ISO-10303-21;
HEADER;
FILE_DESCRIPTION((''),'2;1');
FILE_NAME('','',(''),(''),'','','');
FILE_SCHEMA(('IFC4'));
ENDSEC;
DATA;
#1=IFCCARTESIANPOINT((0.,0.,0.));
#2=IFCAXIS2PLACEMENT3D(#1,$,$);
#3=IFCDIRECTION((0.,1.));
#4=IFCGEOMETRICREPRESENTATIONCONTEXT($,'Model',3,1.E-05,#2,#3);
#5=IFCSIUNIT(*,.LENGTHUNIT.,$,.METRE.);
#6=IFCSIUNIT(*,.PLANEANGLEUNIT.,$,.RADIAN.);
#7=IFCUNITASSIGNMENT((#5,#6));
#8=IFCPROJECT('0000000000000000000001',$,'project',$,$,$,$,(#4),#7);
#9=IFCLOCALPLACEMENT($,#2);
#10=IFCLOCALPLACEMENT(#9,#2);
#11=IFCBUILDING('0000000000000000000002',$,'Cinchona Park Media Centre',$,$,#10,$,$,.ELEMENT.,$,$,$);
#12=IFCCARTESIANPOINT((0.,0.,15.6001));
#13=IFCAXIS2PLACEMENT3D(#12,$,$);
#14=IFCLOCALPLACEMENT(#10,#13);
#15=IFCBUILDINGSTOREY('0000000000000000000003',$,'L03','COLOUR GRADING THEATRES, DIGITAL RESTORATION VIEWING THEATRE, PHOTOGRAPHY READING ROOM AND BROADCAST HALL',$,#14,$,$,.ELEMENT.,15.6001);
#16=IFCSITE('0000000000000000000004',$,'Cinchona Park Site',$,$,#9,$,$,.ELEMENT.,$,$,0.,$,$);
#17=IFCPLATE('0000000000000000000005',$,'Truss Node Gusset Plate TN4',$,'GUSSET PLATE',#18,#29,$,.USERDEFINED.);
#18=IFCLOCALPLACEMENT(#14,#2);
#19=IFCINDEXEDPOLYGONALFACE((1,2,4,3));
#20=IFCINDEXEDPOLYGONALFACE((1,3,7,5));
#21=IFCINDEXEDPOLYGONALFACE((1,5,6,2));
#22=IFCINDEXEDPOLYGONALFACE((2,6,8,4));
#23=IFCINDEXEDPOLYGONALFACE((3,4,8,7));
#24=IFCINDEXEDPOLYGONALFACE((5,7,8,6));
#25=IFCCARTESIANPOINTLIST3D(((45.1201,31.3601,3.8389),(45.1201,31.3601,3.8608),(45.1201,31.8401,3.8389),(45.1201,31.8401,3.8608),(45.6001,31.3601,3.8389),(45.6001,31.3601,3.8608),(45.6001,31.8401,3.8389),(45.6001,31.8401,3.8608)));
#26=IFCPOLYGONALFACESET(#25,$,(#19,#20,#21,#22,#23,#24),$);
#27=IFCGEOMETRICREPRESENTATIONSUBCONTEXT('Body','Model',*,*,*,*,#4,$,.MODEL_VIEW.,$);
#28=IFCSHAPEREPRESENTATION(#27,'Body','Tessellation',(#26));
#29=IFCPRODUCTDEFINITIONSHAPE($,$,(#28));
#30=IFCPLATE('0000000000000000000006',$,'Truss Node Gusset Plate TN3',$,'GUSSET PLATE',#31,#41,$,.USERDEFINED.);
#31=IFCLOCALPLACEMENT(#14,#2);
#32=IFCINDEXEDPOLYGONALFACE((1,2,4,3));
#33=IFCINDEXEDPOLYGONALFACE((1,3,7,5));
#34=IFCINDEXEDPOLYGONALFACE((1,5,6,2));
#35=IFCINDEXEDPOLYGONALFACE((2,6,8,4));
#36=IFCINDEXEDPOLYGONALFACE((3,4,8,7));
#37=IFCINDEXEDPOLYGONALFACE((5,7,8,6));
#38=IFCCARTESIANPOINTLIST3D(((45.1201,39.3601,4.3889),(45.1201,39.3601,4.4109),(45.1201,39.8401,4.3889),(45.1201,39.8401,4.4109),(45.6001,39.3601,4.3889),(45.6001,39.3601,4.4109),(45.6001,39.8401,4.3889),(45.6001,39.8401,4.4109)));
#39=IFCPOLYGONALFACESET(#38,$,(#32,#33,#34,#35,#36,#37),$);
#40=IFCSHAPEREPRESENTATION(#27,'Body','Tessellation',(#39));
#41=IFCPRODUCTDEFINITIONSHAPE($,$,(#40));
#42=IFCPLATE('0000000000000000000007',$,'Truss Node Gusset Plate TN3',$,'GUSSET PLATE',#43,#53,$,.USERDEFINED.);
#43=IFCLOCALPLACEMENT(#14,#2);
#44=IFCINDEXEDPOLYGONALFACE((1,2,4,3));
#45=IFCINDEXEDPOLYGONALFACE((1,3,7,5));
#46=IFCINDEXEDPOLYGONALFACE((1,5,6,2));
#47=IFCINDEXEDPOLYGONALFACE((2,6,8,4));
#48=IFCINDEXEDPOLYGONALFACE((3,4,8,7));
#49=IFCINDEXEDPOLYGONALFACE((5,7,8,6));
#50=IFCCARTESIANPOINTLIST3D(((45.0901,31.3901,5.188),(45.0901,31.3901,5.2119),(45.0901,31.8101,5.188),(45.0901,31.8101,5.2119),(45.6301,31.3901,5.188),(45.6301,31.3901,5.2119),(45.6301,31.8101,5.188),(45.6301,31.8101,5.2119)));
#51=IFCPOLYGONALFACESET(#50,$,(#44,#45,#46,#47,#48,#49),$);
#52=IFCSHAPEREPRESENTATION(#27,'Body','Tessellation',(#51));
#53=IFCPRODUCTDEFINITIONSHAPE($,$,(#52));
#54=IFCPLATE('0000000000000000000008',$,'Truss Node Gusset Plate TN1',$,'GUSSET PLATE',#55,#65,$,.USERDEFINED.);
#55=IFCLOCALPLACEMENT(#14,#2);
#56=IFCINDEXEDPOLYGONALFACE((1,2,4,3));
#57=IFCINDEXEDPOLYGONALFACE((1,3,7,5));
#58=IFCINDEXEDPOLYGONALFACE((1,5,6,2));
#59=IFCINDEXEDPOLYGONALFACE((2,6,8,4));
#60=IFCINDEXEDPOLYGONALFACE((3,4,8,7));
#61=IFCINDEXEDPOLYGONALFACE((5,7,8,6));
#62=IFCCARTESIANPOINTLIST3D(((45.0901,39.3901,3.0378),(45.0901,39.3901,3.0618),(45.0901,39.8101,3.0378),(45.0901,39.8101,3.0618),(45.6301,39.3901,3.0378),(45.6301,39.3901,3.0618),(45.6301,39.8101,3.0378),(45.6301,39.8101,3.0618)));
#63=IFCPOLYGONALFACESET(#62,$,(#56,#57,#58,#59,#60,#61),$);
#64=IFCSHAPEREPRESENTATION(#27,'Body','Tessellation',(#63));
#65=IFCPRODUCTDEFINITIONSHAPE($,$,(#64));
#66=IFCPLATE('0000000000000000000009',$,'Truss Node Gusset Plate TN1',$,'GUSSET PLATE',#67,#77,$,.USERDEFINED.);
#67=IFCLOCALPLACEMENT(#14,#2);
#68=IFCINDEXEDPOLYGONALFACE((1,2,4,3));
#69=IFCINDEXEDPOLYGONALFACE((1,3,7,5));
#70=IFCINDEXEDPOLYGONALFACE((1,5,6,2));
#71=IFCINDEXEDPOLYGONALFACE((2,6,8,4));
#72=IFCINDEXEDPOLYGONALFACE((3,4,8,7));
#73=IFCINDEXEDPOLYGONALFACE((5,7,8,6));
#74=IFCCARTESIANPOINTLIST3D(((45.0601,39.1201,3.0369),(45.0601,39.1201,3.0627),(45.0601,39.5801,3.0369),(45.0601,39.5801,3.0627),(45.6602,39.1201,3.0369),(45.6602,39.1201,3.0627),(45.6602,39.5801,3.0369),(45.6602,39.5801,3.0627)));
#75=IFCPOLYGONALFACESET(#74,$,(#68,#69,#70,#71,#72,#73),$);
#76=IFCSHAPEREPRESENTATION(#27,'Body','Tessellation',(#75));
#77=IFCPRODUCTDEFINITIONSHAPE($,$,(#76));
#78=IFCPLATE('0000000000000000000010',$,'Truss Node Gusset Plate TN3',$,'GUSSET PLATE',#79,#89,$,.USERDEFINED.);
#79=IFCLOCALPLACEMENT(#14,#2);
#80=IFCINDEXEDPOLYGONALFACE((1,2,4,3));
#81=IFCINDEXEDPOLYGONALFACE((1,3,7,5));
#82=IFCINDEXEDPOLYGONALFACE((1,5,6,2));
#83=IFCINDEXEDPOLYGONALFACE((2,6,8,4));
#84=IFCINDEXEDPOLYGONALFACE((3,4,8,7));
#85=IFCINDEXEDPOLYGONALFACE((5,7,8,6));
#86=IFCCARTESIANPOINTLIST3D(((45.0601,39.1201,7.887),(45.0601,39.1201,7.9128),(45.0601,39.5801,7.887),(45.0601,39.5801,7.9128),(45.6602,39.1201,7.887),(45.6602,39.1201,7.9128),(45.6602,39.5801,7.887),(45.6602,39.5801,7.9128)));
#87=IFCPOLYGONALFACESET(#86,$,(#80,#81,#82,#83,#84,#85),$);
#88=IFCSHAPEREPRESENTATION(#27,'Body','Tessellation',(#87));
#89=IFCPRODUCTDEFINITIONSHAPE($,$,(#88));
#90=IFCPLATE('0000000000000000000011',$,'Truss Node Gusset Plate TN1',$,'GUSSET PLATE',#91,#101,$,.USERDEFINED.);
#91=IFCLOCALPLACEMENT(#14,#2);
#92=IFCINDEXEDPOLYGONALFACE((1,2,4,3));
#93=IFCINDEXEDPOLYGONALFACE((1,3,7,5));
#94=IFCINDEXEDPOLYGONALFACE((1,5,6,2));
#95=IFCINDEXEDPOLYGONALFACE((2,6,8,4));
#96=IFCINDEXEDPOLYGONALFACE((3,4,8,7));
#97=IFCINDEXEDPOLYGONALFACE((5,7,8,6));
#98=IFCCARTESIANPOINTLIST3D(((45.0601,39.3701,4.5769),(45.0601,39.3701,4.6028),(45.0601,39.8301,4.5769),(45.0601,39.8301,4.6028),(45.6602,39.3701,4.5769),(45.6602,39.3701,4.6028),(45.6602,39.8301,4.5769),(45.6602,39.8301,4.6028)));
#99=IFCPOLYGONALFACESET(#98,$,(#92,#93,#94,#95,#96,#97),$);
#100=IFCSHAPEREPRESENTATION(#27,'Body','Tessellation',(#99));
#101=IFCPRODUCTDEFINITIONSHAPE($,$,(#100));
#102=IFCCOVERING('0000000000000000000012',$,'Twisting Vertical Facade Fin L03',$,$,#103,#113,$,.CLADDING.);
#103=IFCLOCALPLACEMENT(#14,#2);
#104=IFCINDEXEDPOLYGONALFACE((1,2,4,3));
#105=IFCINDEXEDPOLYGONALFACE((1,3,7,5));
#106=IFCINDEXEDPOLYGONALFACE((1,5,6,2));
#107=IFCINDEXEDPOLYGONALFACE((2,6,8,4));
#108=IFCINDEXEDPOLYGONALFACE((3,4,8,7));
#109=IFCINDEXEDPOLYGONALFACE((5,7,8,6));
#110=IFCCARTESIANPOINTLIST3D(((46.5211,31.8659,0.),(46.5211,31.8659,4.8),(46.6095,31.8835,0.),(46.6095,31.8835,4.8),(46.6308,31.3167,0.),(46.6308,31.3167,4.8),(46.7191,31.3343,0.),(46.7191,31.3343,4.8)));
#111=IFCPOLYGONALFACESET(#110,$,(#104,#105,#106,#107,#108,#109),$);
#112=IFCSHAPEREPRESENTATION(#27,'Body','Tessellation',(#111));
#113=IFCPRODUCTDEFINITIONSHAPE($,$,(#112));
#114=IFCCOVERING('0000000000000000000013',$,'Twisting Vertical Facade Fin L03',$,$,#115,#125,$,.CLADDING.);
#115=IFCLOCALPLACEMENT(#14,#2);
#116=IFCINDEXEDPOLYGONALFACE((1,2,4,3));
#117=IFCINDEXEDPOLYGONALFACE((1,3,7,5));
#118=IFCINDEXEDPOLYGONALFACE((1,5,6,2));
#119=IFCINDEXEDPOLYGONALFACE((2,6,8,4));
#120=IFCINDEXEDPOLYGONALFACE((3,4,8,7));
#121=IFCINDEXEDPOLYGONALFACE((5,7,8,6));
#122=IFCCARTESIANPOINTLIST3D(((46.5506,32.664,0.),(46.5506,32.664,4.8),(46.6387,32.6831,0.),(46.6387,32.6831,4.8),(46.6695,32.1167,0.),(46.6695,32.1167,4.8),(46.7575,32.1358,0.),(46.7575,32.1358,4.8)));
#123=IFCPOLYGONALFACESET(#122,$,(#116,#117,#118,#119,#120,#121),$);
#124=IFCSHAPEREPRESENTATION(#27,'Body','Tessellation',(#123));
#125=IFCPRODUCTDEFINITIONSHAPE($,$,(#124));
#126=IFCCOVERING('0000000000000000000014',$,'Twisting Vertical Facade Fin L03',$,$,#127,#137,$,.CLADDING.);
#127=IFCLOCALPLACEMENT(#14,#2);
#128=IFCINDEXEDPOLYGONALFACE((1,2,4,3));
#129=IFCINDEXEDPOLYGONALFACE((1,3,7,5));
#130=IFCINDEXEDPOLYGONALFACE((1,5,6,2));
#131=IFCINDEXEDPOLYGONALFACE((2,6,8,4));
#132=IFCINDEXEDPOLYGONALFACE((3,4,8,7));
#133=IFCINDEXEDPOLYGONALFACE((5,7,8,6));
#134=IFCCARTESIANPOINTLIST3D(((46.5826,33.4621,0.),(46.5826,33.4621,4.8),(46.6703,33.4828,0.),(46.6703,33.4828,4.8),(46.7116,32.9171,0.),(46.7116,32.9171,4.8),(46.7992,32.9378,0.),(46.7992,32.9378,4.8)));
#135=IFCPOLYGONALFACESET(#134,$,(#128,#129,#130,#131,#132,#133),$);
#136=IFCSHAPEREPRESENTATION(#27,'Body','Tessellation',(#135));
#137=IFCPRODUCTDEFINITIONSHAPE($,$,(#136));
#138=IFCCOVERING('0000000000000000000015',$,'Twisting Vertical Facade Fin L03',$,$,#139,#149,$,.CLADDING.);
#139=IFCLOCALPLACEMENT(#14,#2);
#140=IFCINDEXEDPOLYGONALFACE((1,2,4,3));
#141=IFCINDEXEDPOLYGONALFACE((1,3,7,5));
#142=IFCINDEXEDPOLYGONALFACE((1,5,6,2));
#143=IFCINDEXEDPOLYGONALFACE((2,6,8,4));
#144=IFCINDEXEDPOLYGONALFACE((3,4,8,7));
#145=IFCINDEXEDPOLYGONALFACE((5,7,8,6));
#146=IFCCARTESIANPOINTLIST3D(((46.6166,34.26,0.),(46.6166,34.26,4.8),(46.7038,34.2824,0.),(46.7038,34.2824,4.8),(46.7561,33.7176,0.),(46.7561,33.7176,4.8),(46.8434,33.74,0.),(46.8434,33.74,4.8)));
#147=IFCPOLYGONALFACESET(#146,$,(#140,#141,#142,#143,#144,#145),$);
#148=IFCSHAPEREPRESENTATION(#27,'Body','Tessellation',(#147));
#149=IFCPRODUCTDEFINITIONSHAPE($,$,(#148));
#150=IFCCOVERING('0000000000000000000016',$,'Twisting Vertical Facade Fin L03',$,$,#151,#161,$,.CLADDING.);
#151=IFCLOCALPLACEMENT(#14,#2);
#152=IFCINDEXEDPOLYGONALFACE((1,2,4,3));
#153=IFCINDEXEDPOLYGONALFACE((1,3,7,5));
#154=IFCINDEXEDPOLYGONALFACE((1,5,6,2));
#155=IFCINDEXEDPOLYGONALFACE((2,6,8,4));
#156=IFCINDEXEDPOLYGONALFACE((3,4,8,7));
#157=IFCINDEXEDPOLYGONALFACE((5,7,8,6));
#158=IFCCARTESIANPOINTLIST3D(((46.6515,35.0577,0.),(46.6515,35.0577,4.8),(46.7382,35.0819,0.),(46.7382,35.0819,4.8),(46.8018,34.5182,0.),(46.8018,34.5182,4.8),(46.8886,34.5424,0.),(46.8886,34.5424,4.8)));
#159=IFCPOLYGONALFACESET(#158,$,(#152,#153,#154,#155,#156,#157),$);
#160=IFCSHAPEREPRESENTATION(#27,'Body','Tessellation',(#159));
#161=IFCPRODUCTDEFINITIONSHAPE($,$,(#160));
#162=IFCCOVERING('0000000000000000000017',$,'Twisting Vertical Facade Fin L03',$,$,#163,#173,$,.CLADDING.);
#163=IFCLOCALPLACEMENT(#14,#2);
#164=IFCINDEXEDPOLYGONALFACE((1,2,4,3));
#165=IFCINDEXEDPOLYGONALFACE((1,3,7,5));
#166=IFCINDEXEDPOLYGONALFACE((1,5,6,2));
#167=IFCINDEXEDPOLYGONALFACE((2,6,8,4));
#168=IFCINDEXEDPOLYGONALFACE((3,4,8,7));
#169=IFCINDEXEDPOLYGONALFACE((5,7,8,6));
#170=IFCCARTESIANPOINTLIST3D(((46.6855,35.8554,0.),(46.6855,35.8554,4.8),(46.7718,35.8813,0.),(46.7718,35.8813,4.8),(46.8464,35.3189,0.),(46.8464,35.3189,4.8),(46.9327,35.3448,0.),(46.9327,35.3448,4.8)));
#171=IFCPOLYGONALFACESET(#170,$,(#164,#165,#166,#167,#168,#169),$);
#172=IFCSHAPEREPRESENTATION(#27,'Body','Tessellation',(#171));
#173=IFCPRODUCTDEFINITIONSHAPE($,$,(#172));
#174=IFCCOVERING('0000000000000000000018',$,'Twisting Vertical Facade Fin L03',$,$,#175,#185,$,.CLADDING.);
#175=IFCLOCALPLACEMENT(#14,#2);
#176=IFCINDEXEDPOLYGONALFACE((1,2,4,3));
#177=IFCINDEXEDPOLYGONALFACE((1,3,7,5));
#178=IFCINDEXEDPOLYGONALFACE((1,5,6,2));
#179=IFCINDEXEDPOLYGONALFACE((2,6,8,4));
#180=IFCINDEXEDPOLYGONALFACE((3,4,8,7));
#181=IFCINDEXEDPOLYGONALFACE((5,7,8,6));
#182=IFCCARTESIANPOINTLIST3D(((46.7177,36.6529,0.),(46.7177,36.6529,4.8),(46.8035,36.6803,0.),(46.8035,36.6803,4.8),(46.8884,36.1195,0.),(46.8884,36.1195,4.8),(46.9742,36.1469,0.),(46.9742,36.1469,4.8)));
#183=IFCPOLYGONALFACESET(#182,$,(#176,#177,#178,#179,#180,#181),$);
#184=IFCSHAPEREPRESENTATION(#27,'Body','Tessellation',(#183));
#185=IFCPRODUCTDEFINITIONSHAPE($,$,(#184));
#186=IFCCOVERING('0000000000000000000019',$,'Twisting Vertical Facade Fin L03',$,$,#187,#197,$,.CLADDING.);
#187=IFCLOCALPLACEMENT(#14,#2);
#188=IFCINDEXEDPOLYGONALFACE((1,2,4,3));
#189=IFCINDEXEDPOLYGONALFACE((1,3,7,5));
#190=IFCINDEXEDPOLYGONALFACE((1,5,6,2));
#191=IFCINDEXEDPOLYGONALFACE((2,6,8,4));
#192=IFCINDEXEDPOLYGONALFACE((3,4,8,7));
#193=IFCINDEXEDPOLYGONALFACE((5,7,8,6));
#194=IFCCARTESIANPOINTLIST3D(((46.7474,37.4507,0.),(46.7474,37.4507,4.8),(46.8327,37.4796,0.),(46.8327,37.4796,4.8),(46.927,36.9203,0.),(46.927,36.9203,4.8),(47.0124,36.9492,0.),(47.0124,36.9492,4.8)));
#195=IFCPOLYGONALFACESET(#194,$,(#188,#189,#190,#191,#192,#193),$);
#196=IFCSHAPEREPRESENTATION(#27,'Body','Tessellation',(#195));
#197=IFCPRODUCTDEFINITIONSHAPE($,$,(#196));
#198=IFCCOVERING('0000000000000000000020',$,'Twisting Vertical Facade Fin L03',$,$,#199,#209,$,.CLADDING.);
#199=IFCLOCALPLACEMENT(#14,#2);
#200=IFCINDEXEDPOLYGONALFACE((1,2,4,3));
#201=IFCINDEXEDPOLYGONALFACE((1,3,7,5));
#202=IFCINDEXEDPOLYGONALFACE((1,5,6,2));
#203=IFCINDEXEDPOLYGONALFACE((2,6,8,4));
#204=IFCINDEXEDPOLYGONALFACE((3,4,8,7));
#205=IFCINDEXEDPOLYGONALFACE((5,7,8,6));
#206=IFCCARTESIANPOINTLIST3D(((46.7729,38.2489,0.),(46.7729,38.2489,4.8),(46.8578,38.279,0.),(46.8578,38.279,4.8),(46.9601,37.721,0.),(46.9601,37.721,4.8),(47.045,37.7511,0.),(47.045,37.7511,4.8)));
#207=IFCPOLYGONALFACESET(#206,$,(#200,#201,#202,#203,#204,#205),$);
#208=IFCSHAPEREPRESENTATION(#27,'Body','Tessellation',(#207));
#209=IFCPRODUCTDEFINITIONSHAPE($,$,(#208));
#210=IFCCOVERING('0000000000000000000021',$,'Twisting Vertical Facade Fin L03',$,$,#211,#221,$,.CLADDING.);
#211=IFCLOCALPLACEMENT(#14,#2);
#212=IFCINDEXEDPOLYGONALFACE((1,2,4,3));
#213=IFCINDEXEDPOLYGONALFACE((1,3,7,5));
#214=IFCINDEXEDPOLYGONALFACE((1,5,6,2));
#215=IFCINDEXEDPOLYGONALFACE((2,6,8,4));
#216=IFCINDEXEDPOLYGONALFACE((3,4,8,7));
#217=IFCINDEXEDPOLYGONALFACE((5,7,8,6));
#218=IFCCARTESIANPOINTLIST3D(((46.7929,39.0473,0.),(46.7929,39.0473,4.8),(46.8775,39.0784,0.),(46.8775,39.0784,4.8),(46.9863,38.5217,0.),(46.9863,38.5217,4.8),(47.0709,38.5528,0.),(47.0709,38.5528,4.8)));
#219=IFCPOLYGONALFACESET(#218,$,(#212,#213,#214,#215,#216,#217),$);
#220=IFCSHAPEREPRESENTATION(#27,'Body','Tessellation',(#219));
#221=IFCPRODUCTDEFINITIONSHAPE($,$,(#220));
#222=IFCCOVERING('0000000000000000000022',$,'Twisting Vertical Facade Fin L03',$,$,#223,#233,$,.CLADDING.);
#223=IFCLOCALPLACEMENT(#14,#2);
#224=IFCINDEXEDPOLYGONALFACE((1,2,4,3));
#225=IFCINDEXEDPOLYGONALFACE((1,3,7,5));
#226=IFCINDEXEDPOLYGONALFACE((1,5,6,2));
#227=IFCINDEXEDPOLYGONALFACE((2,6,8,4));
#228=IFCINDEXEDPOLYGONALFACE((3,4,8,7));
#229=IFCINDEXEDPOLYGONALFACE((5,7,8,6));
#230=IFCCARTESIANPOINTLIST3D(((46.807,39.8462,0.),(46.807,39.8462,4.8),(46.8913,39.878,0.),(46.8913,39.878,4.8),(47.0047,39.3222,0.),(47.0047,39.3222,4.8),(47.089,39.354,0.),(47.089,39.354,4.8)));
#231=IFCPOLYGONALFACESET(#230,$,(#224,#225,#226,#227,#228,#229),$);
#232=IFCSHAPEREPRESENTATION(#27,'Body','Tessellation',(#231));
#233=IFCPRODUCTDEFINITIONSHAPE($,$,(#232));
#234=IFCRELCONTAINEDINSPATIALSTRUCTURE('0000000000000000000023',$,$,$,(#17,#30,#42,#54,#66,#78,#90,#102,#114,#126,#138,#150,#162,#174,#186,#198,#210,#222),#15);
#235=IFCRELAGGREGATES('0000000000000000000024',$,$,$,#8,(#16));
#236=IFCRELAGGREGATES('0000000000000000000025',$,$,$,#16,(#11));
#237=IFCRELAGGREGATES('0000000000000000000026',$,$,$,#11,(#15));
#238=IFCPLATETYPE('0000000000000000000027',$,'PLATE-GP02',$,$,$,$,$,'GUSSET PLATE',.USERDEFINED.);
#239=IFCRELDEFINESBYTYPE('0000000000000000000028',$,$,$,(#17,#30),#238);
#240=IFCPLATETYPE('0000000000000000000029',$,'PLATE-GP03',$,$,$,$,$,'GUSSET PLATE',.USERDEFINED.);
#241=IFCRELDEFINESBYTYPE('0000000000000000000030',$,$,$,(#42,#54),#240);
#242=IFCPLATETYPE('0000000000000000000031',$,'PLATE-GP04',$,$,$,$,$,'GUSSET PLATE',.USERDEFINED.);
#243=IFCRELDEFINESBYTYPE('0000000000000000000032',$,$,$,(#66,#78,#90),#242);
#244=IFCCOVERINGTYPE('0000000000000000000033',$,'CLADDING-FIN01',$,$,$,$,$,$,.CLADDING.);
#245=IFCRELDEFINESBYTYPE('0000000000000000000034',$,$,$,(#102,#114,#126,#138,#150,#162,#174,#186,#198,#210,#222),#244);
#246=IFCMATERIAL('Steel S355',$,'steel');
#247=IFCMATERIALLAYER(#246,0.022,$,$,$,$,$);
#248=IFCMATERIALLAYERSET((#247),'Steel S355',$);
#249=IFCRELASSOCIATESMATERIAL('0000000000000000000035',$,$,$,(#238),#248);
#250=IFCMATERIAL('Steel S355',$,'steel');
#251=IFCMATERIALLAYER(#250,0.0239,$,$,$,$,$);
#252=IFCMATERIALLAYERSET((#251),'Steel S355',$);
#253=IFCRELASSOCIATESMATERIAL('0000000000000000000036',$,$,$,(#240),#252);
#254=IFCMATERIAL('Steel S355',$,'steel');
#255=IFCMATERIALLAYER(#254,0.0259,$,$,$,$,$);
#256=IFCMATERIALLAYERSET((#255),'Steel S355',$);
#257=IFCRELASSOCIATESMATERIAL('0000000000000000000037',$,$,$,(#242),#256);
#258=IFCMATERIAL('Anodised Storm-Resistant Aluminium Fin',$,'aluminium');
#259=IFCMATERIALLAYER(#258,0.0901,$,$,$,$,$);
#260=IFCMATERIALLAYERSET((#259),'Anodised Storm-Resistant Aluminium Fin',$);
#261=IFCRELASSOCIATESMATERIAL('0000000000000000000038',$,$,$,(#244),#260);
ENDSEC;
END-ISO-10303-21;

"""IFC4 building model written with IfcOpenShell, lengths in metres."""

from ifc_helpers import new_model, si_unit, direction, frame, origin, origin_2d, place, context, subcontext, project, spatial, rectangle, extrude, material, layer, layer_set, type_object, element, save


model = new_model("IFC4")

# Units and contexts
model_context = context("Model", 3, precision=1e-05, world=origin(), true_north=direction((0.0, 1.0)))
body_context = subcontext(model_context, "Body", "Model", "MODEL_VIEW")
ifc_project = project(units=[si_unit("LENGTHUNIT", "METRE"), si_unit("PLANEANGLEUNIT", "RADIAN")], contexts=[model_context])

# Site, building, storey
site_placement = place(None, origin())
site = spatial("IfcSite", under=ifc_project, at=site_placement, Name="Cinchona Park Site", CompositionType="ELEMENT", RefElevation=0.0)
building_placement = place(site_placement, origin())
building = spatial("IfcBuilding", under=site, at=building_placement, Name="Cinchona Park Media Centre", CompositionType="ELEMENT")
storey_placement = place(building_placement, frame((0.0, 0.0, 15.6001)))
storey = spatial("IfcBuildingStorey", under=building, at=storey_placement, Name="L03", Description="COLOUR GRADING THEATRES, DIGITAL RESTORATION VIEWING THEATRE, PHOTOGRAPHY READING ROOM AND BROADCAST HALL", CompositionType="ELEMENT", Elevation=15.6001)

# Plates
ifc_material_1 = material(Name="Steel S355", Category="steel")
ifc_layer_1 = layer(ifc_material_1, 0.022)
ifc_layer_set_1 = layer_set([ifc_layer_1], Name="Steel S355")
plate_type_1 = type_object("IfcPlateType", Name="PLATE-GP02", ElementType="GUSSET PLATE", PredefinedType="USERDEFINED", material=ifc_layer_set_1)
for number, where, z_axis, x_axis, name in (
    (1, (45.3601, 31.6001, 3.8389), (0.0, 0.0, 1.0), (1.0, 0.0, 0.0), "Truss Node Gusset Plate TN4"),
    (2, (45.3601, 39.6001, 4.3889), (0.0, 0.0, 1.0), (1.0, 0.0, 0.0), "Truss Node Gusset Plate TN3"),
):
    element("IfcPlate", number, at=place(storey_placement, frame(where, z_axis=z_axis, x_axis=x_axis)), inside=storey, type_object=plate_type_1, Name=name, ObjectType="GUSSET PLATE", PredefinedType="USERDEFINED", context=body_context, shape_type="SweptSolid", body=[
        extrude(rectangle(XDim=0.48, YDim=0.48, at=origin_2d()), origin(), (0.0, 0.0, 1.0), 0.022),
    ])
ifc_material_2 = material(Name="Steel S355", Category="steel")
ifc_layer_2 = layer(ifc_material_2, 0.0239)
ifc_layer_set_2 = layer_set([ifc_layer_2], Name="Steel S355")
plate_type_2 = type_object("IfcPlateType", Name="PLATE-GP03", ElementType="GUSSET PLATE", PredefinedType="USERDEFINED", material=ifc_layer_set_2)
for number, where, z_axis, x_axis, name in (
    (3, (45.3601, 31.6001, 5.188), (0.0, 0.0, 1.0), (1.0, 0.0, 0.0), "Truss Node Gusset Plate TN3"),
    (4, (45.3601, 39.6001, 3.0378), (0.0, 0.0, 1.0), (1.0, 0.0, 0.0), "Truss Node Gusset Plate TN1"),
):
    element("IfcPlate", number, at=place(storey_placement, frame(where, z_axis=z_axis, x_axis=x_axis)), inside=storey, type_object=plate_type_2, Name=name, ObjectType="GUSSET PLATE", PredefinedType="USERDEFINED", context=body_context, shape_type="SweptSolid", body=[
        extrude(rectangle(XDim=0.54, YDim=0.4199, at=origin_2d()), origin(), (0.0, 0.0, 1.0), 0.0239),
    ])
ifc_material_3 = material(Name="Steel S355", Category="steel")
ifc_layer_3 = layer(ifc_material_3, 0.0259)
ifc_layer_set_3 = layer_set([ifc_layer_3], Name="Steel S355")
plate_type_3 = type_object("IfcPlateType", Name="PLATE-GP04", ElementType="GUSSET PLATE", PredefinedType="USERDEFINED", material=ifc_layer_set_3)
for number, where, z_axis, x_axis, name in (
    (5, (45.3601, 39.3501, 3.0369), (0.0, 0.0, 1.0), (1.0, 0.0, 0.0), "Truss Node Gusset Plate TN1"),
    (6, (45.3601, 39.3501, 7.887), (0.0, 0.0, 1.0), (1.0, 0.0, 0.0), "Truss Node Gusset Plate TN3"),
    (7, (45.3601, 39.6001, 4.5769), (0.0, 0.0, 1.0), (1.0, 0.0, 0.0), "Truss Node Gusset Plate TN1"),
):
    element("IfcPlate", number, at=place(storey_placement, frame(where, z_axis=z_axis, x_axis=x_axis)), inside=storey, type_object=plate_type_3, Name=name, ObjectType="GUSSET PLATE", PredefinedType="USERDEFINED", context=body_context, shape_type="SweptSolid", body=[
        extrude(rectangle(XDim=0.6001, YDim=0.46, at=origin_2d()), origin(), (0.0, 0.0, 1.0), 0.0259),
    ])

# Coverings
ifc_material_4 = material(Name="Anodised Storm-Resistant Aluminium Fin", Category="aluminium")
ifc_layer_4 = layer(ifc_material_4, 0.0901)
ifc_layer_set_4 = layer_set([ifc_layer_4], Name="Anodised Storm-Resistant Aluminium Fin")
covering_type = type_object("IfcCoveringType", Name="CLADDING-FIN01", PredefinedType="CLADDING", material=ifc_layer_set_4)
for number, where, z_axis, x_axis, name in (
    (8, (46.6201, 31.6001, 0.0), (0.0, 0.0, 1.0), (-0.195775, 0.980649, 0.0), "Twisting Vertical Facade Fin L03"),
    (9, (46.6541, 32.3999, 0.0), (0.0, 0.0, 1.0), (-0.212178, 0.977231, 0.0), "Twisting Vertical Facade Fin L03"),
    (10, (46.6909, 33.2, 0.0), (0.0, 0.0, 1.0), (-0.23022, 0.973139, 0.0), "Twisting Vertical Facade Fin L03"),
    (11, (46.73, 34.0, 0.0), (0.0, 0.0, 1.0), (-0.249197, 0.968453, 0.0), "Twisting Vertical Facade Fin L03"),
    (12, (46.77, 34.8, 0.0), (0.0, 0.0, 1.0), (-0.268415, 0.963303, 0.0), "Twisting Vertical Facade Fin L03"),
    (13, (46.8091, 35.6001, 0.0), (0.0, 0.0, 1.0), (-0.287193, 0.957873, 0.0), "Twisting Vertical Facade Fin L03"),
    (14, (46.8459, 36.3999, 0.0), (0.0, 0.0, 1.0), (-0.304864, 0.952396, 0.0), "Twisting Vertical Facade Fin L03"),
    (15, (46.8799, 37.2, 0.0), (0.0, 0.0, 1.0), (-0.320778, 0.947154, 0.0), "Twisting Vertical Facade Fin L03"),
    (16, (46.9089, 38.0, 0.0), (0.0, 0.0, 1.0), (-0.3343, 0.942467, 0.0), "Twisting Vertical Facade Fin L03"),
    (17, (46.9319, 38.8, 0.0), (0.0, 0.0, 1.0), (-0.345298, 0.938493, 0.0), "Twisting Vertical Facade Fin L03"),
    (18, (46.948, 39.6001, 0.0), (0.0, 0.0, 1.0), (-0.352985, 0.935629, 0.0), "Twisting Vertical Facade Fin L03"),
):
    element("IfcCovering", number, at=place(storey_placement, frame(where, z_axis=z_axis, x_axis=x_axis)), inside=storey, type_object=covering_type, Name=name, PredefinedType="CLADDING", context=body_context, shape_type="SweptSolid", body=[
        extrude(rectangle(XDim=0.5601, YDim=0.0901, at=origin_2d()), origin(), (0.0, 0.0, 1.0), 4.8),
    ])

save(model, "model.ifc")
